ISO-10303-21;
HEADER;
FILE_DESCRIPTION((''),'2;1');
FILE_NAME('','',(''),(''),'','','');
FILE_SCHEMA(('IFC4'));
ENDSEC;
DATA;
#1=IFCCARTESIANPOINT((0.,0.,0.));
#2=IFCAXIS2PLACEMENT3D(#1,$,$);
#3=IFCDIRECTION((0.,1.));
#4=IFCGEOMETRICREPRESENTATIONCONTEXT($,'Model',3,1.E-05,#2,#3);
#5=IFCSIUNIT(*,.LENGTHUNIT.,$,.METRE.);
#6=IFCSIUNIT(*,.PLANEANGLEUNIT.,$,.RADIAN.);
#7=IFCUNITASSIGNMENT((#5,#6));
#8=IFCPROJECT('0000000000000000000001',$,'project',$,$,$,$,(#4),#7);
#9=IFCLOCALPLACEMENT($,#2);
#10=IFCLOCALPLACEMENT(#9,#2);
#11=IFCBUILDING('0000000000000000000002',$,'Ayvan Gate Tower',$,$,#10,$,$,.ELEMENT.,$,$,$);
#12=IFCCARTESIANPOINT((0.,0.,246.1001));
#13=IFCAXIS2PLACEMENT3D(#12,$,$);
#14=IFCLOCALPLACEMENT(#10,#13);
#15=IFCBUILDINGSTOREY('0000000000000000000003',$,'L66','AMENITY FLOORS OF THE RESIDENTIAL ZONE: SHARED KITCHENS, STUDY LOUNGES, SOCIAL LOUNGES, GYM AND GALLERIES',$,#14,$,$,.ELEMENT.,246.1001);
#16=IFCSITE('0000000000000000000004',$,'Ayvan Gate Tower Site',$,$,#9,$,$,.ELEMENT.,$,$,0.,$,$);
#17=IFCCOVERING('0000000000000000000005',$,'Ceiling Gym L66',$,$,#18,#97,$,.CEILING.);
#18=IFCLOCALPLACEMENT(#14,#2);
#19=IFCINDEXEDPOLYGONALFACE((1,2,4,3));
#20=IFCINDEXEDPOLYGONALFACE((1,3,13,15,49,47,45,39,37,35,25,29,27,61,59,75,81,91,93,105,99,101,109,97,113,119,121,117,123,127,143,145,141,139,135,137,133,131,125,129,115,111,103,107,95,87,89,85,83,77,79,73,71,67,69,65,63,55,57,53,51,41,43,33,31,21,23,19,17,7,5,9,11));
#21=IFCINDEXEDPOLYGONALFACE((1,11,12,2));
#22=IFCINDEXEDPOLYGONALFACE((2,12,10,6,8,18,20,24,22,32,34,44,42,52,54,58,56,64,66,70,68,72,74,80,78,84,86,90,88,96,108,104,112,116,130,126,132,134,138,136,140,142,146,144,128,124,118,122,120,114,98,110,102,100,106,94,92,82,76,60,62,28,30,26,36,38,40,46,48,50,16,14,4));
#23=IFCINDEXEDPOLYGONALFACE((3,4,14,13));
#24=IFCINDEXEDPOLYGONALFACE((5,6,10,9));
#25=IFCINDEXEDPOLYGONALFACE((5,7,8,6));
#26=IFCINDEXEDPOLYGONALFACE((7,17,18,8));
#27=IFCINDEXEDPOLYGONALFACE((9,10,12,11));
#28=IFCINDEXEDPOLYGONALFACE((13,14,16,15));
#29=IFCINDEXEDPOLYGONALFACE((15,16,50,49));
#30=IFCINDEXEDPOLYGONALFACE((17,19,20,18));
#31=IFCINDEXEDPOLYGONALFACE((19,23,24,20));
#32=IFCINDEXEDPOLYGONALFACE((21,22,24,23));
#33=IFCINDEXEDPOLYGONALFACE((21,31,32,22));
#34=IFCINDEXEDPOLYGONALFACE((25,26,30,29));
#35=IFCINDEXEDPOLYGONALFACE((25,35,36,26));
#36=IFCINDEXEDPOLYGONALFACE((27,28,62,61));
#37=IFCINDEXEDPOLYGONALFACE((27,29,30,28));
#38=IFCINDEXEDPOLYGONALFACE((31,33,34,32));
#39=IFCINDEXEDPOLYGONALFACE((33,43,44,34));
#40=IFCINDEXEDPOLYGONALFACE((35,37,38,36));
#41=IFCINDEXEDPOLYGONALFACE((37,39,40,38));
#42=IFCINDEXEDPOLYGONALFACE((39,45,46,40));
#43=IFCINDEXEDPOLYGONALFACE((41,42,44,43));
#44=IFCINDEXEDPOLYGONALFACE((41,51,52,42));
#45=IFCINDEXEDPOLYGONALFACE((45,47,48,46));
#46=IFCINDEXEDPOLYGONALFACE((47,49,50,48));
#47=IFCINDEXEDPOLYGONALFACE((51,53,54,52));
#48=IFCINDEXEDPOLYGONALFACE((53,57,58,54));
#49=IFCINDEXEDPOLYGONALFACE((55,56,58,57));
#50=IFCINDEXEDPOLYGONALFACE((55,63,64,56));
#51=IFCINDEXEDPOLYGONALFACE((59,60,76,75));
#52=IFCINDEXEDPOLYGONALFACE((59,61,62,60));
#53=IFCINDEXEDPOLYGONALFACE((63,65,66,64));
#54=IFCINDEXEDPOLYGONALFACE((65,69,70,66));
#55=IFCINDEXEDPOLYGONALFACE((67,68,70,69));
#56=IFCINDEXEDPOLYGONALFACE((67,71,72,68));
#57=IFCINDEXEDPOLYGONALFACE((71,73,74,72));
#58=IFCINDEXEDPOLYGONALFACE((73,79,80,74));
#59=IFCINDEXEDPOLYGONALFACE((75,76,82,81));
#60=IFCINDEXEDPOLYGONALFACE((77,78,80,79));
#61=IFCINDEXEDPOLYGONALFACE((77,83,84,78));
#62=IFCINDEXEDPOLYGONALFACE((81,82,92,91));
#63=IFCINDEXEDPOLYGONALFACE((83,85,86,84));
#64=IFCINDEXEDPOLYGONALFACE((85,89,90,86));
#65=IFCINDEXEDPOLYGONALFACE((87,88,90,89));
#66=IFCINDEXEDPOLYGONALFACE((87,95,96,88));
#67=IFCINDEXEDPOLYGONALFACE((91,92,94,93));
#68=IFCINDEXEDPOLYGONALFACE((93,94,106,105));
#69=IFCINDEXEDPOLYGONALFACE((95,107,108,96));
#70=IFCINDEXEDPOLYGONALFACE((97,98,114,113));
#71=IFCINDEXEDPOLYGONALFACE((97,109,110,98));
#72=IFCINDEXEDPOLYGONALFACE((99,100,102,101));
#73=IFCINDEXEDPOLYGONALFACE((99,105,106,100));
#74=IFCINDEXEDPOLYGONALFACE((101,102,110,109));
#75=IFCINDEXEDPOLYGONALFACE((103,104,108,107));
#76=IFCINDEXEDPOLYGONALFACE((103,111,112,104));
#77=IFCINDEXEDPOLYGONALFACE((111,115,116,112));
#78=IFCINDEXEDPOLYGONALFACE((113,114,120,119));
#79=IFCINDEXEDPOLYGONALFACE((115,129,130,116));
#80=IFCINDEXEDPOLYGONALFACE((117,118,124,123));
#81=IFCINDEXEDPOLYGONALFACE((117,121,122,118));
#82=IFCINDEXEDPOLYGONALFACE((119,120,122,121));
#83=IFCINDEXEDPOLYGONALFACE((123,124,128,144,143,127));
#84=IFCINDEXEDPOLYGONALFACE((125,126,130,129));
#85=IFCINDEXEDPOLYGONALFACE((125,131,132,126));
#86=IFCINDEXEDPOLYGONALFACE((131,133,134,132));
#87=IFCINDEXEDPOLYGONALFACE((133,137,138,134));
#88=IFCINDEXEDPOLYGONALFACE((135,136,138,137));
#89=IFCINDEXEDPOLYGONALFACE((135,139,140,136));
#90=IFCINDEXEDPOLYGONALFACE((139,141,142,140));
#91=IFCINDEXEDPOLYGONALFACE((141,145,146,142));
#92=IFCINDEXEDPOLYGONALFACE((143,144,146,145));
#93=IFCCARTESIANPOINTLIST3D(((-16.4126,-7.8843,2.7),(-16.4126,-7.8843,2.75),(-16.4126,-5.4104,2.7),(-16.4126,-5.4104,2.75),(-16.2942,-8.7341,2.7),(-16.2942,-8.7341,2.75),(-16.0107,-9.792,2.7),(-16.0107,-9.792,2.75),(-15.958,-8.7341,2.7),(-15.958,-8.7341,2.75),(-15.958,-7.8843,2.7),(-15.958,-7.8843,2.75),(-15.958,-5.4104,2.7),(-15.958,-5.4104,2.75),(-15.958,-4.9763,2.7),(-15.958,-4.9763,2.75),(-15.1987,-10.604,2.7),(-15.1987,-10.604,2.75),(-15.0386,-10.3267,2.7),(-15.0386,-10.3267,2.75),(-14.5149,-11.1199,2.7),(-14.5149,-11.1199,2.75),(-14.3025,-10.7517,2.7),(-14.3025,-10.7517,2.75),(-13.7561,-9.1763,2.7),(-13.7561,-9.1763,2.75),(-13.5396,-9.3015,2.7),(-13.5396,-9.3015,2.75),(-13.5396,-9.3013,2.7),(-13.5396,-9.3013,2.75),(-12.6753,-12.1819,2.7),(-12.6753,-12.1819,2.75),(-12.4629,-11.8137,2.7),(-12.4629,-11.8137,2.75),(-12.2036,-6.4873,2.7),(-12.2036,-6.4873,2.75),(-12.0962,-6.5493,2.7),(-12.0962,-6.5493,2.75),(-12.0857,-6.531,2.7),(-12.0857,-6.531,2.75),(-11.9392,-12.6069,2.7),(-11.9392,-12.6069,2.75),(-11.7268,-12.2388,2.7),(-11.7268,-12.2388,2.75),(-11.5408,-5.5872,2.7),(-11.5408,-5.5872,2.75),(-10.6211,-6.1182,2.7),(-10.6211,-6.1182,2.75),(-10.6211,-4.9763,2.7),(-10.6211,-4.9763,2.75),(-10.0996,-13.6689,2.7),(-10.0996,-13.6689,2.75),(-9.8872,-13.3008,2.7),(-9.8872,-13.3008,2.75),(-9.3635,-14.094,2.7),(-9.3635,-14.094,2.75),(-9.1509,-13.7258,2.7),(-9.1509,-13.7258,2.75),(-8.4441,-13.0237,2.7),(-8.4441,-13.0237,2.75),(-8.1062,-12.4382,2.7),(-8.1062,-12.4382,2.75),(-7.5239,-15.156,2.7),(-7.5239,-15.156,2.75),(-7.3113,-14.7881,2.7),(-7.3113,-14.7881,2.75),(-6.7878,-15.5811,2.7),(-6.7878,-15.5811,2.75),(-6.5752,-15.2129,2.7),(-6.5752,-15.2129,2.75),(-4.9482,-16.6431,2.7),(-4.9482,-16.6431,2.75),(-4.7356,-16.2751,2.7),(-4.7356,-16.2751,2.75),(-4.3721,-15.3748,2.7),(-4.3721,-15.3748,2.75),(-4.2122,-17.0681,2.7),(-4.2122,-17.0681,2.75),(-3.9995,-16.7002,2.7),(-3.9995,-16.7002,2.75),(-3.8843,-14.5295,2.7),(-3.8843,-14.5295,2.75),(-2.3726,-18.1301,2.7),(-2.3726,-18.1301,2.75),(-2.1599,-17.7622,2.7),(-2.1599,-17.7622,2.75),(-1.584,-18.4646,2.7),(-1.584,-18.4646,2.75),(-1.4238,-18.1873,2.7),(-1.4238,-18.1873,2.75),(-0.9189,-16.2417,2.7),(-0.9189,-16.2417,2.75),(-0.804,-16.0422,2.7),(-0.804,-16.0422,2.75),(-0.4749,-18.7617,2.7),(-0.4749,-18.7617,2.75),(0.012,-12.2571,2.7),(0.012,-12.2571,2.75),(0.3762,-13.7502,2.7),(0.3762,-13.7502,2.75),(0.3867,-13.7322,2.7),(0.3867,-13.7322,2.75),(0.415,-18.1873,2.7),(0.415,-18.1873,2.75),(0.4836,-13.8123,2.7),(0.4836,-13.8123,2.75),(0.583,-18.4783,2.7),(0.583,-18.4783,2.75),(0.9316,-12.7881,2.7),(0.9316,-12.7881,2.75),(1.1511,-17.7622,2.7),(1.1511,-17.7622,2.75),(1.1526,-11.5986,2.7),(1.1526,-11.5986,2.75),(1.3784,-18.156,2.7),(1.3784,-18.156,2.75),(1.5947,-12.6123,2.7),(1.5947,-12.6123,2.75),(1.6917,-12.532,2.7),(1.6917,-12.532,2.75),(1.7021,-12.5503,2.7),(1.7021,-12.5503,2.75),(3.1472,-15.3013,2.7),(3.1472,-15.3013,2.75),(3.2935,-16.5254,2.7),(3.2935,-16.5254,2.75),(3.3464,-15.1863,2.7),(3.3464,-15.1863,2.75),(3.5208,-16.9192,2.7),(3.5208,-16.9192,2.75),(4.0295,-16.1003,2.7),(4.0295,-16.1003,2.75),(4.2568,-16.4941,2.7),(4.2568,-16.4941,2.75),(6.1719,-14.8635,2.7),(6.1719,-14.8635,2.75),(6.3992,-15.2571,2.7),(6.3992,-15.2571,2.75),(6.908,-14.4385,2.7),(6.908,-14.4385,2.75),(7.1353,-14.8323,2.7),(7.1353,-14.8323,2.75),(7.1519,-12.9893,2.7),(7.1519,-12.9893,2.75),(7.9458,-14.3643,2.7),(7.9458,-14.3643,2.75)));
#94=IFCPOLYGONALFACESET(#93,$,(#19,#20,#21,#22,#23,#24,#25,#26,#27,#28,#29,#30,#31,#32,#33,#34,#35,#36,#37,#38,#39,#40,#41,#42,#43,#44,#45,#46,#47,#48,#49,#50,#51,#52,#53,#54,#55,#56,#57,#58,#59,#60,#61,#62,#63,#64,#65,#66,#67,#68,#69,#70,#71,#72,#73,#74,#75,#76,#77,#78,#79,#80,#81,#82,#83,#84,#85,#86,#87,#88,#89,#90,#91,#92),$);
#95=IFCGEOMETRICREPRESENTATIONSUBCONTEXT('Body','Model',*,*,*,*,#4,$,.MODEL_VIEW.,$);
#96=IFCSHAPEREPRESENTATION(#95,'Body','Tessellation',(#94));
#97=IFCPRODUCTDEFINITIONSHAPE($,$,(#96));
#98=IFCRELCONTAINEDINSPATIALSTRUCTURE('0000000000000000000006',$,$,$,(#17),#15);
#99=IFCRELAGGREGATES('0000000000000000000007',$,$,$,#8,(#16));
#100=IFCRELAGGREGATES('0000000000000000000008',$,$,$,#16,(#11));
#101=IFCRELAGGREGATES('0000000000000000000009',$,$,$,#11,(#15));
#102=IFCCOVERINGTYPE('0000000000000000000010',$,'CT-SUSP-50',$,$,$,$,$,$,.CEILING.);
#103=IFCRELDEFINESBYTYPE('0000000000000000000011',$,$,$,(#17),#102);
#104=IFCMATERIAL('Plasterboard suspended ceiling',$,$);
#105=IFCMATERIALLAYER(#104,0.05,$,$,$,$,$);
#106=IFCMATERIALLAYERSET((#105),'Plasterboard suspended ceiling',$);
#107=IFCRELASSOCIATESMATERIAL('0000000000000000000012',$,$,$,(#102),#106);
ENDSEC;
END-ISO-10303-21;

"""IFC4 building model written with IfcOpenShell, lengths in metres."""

from ifc_helpers import new_model, si_unit, direction, frame, origin, place, context, subcontext, project, spatial, polyline, outline, extrude, material, layer, layer_set, type_object, element, save


model = new_model("IFC4")

# Units and contexts
model_context = context("Model", 3, precision=1e-05, world=origin(), true_north=direction((0.0, 1.0)))
body_context = subcontext(model_context, "Body", "Model", "MODEL_VIEW")
ifc_project = project(units=[si_unit("LENGTHUNIT", "METRE"), si_unit("PLANEANGLEUNIT", "RADIAN")], contexts=[model_context])

# Site, building, storey
site_placement = place(None, origin())
site = spatial("IfcSite", under=ifc_project, at=site_placement, Name="Ayvan Gate Tower Site", CompositionType="ELEMENT", RefElevation=0.0)
building_placement = place(site_placement, origin())
building = spatial("IfcBuilding", under=site, at=building_placement, Name="Ayvan Gate Tower", CompositionType="ELEMENT")
storey_placement = place(building_placement, frame((0.0, 0.0, 246.1001)))
storey = spatial("IfcBuildingStorey", under=building, at=storey_placement, Name="L66", Description="AMENITY FLOORS OF THE RESIDENTIAL ZONE: SHARED KITCHENS, STUDY LOUNGES, SOCIAL LOUNGES, GYM AND GALLERIES", CompositionType="ELEMENT", Elevation=246.1001)

# Covering
ifc_material_1 = material(Name="Plasterboard suspended ceiling")
ifc_layer_1 = layer(ifc_material_1, 0.05)
ifc_layer_set_1 = layer_set([ifc_layer_1], Name="Plasterboard suspended ceiling")
covering_type = type_object("IfcCoveringType", Name="CT-SUSP-50", PredefinedType="CEILING", material=ifc_layer_set_1)
covering_1_placement = place(storey_placement, frame((0.0, 0.0, 2.7)))
element("IfcCovering", 1, at=covering_1_placement, inside=storey, type_object=covering_type, Name="Ceiling Gym L66", PredefinedType="CEILING", context=body_context, shape_type="SweptSolid", body=[
    extrude(outline(polyline([(-13.5396, -9.3015), (-8.1062, -12.4382), (-8.4441, -13.0237), (-4.3721, -15.3748), (-3.8843, -14.5295), (-0.9189, -16.2417), (-0.804, -16.0422), (0.4836, -13.8123), (0.3762, -13.7502), (0.3867, -13.7322), (0.9316, -12.7881), (0.012, -12.2571), (1.1526, -11.5986), (1.6917, -12.532), (1.7021, -12.5503), (1.5947, -12.6123), (3.1472, -15.3013), (3.3464, -15.1863), (7.1519, -12.9893), (7.9458, -14.3643), (7.1353, -14.8323), (6.908, -14.4385), (6.1719, -14.8635), (6.3992, -15.2571), (4.2568, -16.4941), (4.0295, -16.1003), (3.2935, -16.5254), (3.5208, -16.9192), (1.3784, -18.156), (1.1511, -17.7622), (0.415, -18.1873), (0.583, -18.4783), (-0.4749, -18.7617), (-1.584, -18.4646), (-1.4238, -18.1873), (-2.1599, -17.7622), (-2.3726, -18.1301), (-4.2122, -17.0681), (-3.9995, -16.7002), (-4.7356, -16.2751), (-4.9482, -16.6431), (-6.7878, -15.5811), (-6.5752, -15.2129), (-7.3113, -14.7881), (-7.5239, -15.156), (-9.3635, -14.094), (-9.1509, -13.7258), (-9.8872, -13.3008), (-10.0996, -13.6689), (-11.9392, -12.6069), (-11.7268, -12.2388), (-12.4629, -11.8137), (-12.6753, -12.1819), (-14.5149, -11.1199), (-14.3025, -10.7517), (-15.0386, -10.3267), (-15.1987, -10.604), (-16.0107, -9.792), (-16.2942, -8.7341), (-15.958, -8.7341), (-15.958, -7.8843), (-16.4126, -7.8843), (-16.4126, -5.4104), (-15.958, -5.4104), (-15.958, -4.9763), (-10.6211, -4.9763), (-10.6211, -6.1182), (-11.5408, -5.5872), (-12.0857, -6.531), (-12.0962, -6.5493), (-12.2036, -6.4873), (-13.7561, -9.1763), (-13.5396, -9.3013), (-13.5396, -9.3015)])), origin(), (0.0, 0.0, 1.0), 0.05),
])

save(model, "model.ifc")
